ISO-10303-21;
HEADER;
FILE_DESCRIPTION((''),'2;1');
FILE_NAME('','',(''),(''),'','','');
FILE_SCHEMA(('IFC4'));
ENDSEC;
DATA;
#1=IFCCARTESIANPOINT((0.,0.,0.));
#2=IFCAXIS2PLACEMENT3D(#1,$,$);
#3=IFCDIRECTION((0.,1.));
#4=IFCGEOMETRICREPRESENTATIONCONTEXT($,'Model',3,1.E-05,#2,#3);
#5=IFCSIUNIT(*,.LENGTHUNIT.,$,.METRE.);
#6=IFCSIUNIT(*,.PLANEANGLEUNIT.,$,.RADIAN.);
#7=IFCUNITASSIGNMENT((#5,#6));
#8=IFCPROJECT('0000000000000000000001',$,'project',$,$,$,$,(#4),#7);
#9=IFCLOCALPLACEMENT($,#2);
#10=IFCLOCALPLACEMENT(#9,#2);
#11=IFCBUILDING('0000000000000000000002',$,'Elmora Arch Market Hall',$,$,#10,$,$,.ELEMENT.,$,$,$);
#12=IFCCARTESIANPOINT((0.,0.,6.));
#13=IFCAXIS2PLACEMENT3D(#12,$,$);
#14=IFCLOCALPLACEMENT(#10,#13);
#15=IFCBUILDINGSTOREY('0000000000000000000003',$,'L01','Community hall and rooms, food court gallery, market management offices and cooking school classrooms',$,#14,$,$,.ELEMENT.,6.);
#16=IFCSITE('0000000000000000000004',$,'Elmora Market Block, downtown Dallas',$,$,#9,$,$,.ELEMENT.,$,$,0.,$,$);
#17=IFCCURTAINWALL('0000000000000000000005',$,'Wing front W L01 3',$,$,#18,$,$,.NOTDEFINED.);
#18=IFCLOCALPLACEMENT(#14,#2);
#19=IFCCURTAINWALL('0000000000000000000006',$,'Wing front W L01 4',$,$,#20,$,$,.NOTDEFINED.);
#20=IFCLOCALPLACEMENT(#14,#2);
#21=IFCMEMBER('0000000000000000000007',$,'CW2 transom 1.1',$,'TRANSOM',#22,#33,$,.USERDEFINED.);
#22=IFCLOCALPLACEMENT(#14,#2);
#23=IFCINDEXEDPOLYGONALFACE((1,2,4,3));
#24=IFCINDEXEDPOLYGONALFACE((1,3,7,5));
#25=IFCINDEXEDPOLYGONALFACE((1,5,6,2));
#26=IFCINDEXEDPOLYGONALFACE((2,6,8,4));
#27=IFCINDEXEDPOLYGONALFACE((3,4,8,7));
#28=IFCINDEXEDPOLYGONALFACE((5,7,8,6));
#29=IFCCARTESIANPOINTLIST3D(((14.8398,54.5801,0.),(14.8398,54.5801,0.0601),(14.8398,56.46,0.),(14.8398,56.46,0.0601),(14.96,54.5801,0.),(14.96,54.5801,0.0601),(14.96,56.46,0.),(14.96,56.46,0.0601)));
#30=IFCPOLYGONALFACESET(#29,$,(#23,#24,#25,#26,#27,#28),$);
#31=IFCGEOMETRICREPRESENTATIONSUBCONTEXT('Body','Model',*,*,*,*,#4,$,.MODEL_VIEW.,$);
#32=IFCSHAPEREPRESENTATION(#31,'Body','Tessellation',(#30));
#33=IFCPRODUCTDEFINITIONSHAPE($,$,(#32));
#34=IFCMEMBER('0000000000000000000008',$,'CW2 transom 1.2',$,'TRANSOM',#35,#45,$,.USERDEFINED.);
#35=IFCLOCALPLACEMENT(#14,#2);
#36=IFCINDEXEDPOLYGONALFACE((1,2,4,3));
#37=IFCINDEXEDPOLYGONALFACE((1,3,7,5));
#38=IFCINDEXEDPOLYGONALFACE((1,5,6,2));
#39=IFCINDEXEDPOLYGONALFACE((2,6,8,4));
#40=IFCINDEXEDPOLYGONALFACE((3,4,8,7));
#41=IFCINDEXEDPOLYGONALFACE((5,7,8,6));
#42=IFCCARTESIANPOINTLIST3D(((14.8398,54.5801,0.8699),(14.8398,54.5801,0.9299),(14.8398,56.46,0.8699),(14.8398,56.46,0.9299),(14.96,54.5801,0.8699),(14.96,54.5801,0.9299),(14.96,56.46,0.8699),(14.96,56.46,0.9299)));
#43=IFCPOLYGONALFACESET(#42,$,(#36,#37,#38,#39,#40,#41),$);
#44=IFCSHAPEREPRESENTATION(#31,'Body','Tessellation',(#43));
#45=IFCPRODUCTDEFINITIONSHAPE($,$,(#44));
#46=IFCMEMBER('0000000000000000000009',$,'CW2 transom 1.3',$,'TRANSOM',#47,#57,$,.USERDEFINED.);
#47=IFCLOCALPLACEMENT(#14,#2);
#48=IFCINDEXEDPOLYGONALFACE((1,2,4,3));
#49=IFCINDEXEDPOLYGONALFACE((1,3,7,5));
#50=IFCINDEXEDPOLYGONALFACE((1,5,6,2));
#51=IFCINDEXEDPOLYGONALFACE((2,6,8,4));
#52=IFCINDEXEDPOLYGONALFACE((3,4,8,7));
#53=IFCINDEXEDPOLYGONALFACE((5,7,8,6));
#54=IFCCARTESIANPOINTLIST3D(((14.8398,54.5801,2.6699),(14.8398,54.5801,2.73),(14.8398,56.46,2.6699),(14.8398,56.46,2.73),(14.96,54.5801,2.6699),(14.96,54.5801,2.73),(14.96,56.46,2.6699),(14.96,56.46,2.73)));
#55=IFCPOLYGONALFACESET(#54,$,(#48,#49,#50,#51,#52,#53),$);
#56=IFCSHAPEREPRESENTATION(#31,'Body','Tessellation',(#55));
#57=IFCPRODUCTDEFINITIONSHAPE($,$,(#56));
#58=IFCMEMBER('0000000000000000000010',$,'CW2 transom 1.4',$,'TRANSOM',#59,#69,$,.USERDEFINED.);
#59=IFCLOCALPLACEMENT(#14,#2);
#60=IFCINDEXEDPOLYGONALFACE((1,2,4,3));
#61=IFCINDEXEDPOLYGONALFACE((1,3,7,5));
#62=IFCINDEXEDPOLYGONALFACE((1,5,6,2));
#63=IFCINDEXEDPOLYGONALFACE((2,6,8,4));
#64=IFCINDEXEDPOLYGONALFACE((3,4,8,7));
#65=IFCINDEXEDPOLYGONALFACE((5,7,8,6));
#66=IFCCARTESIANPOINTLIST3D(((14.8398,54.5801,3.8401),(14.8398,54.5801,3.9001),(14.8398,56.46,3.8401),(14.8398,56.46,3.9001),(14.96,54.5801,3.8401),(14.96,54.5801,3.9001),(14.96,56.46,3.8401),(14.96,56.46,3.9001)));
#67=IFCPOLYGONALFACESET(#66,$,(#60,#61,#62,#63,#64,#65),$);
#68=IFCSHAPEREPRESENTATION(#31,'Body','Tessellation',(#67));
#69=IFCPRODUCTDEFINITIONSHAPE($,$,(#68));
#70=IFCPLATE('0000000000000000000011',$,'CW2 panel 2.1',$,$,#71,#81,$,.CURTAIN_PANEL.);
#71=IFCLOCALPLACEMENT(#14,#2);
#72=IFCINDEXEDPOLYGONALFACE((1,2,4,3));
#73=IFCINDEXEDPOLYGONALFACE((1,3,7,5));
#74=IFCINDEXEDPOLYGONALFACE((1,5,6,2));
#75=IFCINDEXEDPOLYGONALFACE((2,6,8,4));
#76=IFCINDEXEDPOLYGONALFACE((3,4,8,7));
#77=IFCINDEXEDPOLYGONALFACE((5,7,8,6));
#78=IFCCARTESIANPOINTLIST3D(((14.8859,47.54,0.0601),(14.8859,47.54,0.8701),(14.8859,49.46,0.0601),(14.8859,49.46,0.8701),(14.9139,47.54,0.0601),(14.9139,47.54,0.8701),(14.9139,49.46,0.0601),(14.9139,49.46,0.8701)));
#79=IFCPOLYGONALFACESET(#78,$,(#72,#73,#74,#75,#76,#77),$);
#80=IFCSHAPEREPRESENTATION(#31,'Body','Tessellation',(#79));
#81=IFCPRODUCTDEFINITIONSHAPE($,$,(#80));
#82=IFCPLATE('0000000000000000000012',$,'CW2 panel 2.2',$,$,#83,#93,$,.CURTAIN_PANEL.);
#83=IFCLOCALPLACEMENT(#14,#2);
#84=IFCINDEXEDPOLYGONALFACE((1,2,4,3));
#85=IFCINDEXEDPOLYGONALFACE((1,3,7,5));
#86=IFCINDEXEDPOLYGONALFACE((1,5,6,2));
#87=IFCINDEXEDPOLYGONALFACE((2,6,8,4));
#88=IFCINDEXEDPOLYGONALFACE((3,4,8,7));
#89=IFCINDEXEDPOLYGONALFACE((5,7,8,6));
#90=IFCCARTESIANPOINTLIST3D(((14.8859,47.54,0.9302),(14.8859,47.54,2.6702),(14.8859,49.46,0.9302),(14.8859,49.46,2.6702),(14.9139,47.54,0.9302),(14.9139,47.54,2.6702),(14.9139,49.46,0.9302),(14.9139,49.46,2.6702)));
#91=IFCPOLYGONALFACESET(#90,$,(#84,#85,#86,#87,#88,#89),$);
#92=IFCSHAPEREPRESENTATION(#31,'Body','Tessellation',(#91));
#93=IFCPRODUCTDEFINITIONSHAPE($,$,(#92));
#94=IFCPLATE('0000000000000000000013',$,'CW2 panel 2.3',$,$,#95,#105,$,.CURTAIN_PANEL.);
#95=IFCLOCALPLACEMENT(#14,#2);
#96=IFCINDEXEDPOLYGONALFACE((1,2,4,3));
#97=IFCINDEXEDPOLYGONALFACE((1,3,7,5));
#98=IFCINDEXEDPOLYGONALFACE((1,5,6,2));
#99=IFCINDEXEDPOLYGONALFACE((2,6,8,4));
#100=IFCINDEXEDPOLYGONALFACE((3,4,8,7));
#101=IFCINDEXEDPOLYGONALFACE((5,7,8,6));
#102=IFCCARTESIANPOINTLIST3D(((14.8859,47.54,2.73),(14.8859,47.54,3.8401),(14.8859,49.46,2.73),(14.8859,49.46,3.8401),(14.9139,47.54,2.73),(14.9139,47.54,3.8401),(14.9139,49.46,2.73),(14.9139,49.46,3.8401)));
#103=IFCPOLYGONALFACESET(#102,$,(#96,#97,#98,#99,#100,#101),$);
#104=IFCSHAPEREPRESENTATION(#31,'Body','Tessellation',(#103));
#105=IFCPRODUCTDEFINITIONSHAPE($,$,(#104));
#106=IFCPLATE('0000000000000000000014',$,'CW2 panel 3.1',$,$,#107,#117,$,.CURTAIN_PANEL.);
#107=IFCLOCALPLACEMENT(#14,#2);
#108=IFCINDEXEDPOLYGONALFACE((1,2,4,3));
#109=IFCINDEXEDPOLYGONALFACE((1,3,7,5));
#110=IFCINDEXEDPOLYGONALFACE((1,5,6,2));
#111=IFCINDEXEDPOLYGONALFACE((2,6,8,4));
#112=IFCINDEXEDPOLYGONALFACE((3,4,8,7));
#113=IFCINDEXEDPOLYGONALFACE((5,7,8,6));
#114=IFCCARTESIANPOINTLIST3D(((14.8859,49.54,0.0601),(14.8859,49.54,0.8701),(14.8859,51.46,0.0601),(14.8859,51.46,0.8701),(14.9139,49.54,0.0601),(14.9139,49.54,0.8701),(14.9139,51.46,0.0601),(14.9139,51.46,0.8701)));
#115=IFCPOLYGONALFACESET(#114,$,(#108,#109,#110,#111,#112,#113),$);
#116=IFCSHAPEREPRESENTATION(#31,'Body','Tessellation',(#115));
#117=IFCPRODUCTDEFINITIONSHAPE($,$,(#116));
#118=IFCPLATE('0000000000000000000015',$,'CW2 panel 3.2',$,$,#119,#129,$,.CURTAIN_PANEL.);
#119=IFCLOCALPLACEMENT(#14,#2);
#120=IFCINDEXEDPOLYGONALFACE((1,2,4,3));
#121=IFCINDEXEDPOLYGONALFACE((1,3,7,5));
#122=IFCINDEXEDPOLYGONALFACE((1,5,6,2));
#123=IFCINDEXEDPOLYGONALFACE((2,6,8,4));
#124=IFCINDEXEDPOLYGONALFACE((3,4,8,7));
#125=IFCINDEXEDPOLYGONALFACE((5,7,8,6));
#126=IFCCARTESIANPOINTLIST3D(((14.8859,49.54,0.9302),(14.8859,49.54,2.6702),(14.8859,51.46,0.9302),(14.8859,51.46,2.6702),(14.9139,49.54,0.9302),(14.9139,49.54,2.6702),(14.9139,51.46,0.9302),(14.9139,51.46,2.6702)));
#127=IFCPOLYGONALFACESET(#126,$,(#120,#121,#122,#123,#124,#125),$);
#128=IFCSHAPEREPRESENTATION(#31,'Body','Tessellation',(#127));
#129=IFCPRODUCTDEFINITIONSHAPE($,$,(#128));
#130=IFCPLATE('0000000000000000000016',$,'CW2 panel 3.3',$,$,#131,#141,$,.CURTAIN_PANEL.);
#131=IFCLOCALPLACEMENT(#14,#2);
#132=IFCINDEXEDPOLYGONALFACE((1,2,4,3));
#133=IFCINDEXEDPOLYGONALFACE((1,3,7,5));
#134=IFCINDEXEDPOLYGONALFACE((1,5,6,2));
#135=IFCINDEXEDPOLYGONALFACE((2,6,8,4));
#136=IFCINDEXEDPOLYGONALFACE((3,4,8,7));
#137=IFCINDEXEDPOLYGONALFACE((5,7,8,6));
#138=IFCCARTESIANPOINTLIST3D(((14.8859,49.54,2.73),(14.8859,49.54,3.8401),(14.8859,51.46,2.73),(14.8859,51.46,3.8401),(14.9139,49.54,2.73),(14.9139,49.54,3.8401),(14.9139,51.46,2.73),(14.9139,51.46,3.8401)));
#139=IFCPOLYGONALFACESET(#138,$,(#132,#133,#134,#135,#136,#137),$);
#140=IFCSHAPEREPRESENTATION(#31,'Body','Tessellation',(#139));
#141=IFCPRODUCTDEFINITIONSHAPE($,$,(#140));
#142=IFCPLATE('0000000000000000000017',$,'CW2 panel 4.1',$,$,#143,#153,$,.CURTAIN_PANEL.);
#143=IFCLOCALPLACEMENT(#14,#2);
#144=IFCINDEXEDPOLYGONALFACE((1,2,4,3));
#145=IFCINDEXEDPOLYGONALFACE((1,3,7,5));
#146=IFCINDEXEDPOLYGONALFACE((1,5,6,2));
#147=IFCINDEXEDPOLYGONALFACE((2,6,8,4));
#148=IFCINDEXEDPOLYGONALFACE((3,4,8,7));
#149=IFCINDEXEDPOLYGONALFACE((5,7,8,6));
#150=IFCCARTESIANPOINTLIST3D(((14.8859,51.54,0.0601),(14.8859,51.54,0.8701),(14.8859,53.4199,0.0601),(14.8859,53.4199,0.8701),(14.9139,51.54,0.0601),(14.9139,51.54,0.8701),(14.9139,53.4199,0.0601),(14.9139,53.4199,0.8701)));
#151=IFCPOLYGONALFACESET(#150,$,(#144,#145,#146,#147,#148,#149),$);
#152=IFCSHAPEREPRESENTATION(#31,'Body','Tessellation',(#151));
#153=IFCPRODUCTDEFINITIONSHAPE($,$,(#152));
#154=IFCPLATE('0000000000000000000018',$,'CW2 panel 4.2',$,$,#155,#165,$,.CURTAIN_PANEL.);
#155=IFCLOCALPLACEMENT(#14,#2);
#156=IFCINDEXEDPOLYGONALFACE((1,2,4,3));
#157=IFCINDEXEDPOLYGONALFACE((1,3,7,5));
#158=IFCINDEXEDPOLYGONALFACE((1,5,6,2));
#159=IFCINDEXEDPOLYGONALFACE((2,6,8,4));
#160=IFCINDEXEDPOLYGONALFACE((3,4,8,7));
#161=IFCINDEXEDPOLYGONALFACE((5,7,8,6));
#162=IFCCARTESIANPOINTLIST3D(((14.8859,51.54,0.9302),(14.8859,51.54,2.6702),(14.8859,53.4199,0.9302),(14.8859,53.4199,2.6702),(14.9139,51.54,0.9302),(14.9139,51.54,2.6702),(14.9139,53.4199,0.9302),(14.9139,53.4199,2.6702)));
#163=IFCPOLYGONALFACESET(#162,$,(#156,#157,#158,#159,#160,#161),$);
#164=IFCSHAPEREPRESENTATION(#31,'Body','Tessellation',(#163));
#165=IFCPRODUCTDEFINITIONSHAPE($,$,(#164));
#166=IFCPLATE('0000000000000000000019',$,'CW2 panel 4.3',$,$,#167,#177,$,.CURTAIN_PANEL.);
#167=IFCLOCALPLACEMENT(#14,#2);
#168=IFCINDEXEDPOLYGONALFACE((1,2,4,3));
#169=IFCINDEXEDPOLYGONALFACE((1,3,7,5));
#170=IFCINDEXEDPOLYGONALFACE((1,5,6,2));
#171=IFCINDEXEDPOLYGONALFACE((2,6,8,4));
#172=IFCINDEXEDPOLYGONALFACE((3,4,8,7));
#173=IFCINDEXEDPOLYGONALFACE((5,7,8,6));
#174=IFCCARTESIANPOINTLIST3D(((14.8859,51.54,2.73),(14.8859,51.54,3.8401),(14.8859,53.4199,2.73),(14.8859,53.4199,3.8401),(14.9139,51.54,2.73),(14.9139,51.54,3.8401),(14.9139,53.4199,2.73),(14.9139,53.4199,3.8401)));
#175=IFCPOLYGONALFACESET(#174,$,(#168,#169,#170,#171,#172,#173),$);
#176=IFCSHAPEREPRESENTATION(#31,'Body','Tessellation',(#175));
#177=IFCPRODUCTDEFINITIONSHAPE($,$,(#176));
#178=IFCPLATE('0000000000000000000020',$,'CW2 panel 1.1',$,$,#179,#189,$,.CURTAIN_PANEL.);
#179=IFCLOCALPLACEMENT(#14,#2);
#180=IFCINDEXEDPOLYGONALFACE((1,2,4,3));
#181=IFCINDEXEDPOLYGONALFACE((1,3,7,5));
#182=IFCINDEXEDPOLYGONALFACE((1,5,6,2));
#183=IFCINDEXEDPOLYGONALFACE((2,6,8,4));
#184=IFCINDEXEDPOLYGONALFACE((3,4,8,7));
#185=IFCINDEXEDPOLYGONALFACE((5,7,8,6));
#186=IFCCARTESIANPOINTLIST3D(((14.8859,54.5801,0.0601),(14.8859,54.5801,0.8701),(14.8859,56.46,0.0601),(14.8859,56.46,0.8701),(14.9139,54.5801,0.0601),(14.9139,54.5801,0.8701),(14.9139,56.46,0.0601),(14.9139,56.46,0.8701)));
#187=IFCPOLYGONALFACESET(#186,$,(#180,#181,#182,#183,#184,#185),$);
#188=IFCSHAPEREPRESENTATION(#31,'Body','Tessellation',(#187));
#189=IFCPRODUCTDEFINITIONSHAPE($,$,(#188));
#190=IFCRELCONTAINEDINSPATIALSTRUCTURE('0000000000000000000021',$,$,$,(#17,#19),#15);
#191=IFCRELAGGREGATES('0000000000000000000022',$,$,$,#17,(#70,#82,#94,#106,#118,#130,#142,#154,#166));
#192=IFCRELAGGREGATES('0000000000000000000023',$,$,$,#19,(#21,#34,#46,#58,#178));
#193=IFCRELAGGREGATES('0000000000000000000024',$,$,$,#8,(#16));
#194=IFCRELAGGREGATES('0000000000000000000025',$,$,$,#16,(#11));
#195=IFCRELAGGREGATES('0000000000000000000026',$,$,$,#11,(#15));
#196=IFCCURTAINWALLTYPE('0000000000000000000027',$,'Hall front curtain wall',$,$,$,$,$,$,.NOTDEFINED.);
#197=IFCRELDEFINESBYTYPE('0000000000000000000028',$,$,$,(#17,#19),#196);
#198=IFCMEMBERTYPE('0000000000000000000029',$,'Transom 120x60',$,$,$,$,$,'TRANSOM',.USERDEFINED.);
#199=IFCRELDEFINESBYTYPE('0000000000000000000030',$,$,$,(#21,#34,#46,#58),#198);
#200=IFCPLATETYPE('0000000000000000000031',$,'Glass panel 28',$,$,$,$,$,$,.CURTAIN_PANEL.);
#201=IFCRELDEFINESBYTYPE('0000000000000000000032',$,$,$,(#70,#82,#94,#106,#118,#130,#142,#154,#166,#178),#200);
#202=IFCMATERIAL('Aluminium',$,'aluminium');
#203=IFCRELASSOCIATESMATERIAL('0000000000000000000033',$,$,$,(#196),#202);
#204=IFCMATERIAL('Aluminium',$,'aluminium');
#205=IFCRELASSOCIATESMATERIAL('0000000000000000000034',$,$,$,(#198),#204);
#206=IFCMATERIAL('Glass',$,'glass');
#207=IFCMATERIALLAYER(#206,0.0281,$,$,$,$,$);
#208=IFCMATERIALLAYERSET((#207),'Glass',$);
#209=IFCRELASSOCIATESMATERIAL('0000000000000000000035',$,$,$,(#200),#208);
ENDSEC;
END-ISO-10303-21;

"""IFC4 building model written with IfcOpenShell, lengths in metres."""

from ifc_helpers import new_model, si_unit, direction, frame, origin, origin_2d, place, context, subcontext, project, spatial, rectangle, extrude, material, layer, layer_set, material_profile, profile_set, type_object, element, aggregate, save


model = new_model("IFC4")

# Units and contexts
model_context = context("Model", 3, precision=1e-05, world=origin(), true_north=direction((0.0, 1.0)))
body_context = subcontext(model_context, "Body", "Model", "MODEL_VIEW")
ifc_project = project(units=[si_unit("LENGTHUNIT", "METRE"), si_unit("PLANEANGLEUNIT", "RADIAN")], contexts=[model_context])

# Site, building, storey
site_placement = place(None, origin())
site = spatial("IfcSite", under=ifc_project, at=site_placement, Name="Elmora Market Block, downtown Dallas", CompositionType="ELEMENT", RefElevation=0.0)
building_placement = place(site_placement, origin())
building = spatial("IfcBuilding", under=site, at=building_placement, Name="Elmora Arch Market Hall", CompositionType="ELEMENT")
storey_placement = place(building_placement, frame((0.0, 0.0, 6.0)))
storey = spatial("IfcBuildingStorey", under=building, at=storey_placement, Name="L01", Description="Community hall and rooms, food court gallery, market management offices and cooking school classrooms", CompositionType="ELEMENT", Elevation=6.0)

# Curtain wall
ifc_material_1 = material(Name="Aluminium", Category="aluminium")
curtain_wall_type = type_object("IfcCurtainWallType", Name="Hall front curtain wall", PredefinedType="NOTDEFINED", material=ifc_material_1)
curtain_wall_1_placement = place(storey_placement, origin())
curtain_wall_1 = element("IfcCurtainWall", 1, at=curtain_wall_1_placement, inside=storey, type_object=curtain_wall_type, Name="Wing front W L01 3", PredefinedType="NOTDEFINED")

# Curtain wall
curtain_wall_2_placement = place(storey_placement, origin())
curtain_wall_2 = element("IfcCurtainWall", 2, at=curtain_wall_2_placement, inside=storey, type_object=curtain_wall_type, Name="Wing front W L01 4", PredefinedType="NOTDEFINED")

# Members
ifc_material_2 = material(Name="Aluminium", Category="aluminium")
ifc_material_profile_1 = material_profile(ifc_material_2, rectangle(XDim=0.1201, YDim=0.0601, at=origin_2d()), Name="AL 120x60")
ifc_profile_set_1 = profile_set([ifc_material_profile_1], Name="Aluminium")
member_type_1 = type_object("IfcMemberType", Name="Transom 120x60", ElementType="TRANSOM", PredefinedType="USERDEFINED", material=ifc_profile_set_1)
member_1_placement = place(storey_placement, frame((14.8999, 54.5801, 0.03), z_axis=(0.0, 1.0, 0.0), x_axis=(-1.0, 0.0, 0.0)))
member_1 = element("IfcMember", 3, at=member_1_placement, type_object=member_type_1, Name="CW2 transom 1.1", ObjectType="TRANSOM", PredefinedType="USERDEFINED", context=body_context, shape_type="SweptSolid", body=[
    extrude(rectangle(XDim=0.1201, YDim=0.0601, at=origin_2d()), origin(), (0.0, 0.0, 1.0), 1.8799),
])
member_2_placement = place(storey_placement, frame((14.8999, 54.5801, 0.8999), z_axis=(0.0, 1.0, 0.0), x_axis=(-1.0, 0.0, 0.0)))
member_2 = element("IfcMember", 4, at=member_2_placement, type_object=member_type_1, Name="CW2 transom 1.2", ObjectType="TRANSOM", PredefinedType="USERDEFINED", context=body_context, shape_type="SweptSolid", body=[
    extrude(rectangle(XDim=0.1201, YDim=0.0601, at=origin_2d()), origin(), (0.0, 0.0, 1.0), 1.8799),
])
member_3_placement = place(storey_placement, frame((14.8999, 54.5801, 2.7), z_axis=(0.0, 1.0, 0.0), x_axis=(-1.0, 0.0, 0.0)))
member_3 = element("IfcMember", 5, at=member_3_placement, type_object=member_type_1, Name="CW2 transom 1.3", ObjectType="TRANSOM", PredefinedType="USERDEFINED", context=body_context, shape_type="SweptSolid", body=[
    extrude(rectangle(XDim=0.1201, YDim=0.0601, at=origin_2d()), origin(), (0.0, 0.0, 1.0), 1.8799),
])
member_4_placement = place(storey_placement, frame((14.8999, 54.5801, 3.8701), z_axis=(0.0, 1.0, 0.0), x_axis=(-1.0, 0.0, 0.0)))
member_4 = element("IfcMember", 6, at=member_4_placement, type_object=member_type_1, Name="CW2 transom 1.4", ObjectType="TRANSOM", PredefinedType="USERDEFINED", context=body_context, shape_type="SweptSolid", body=[
    extrude(rectangle(XDim=0.1201, YDim=0.0601, at=origin_2d()), origin(), (0.0, 0.0, 1.0), 1.8799),
])

# Plates
ifc_material_3 = material(Name="Glass", Category="glass")
ifc_layer = layer(ifc_material_3, 0.0281)
ifc_layer_set = layer_set([ifc_layer], Name="Glass")
plate_type = type_object("IfcPlateType", Name="Glass panel 28", PredefinedType="CURTAIN_PANEL", material=ifc_layer_set)
plate_1_placement = place(storey_placement, frame((14.8999, 48.5, 0.0601), z_axis=(0.0, 0.0, 1.0), x_axis=(0.0, 1.0, 0.0)))
plate_1 = element("IfcPlate", 7, at=plate_1_placement, type_object=plate_type, Name="CW2 panel 2.1", PredefinedType="CURTAIN_PANEL", context=body_context, shape_type="SweptSolid", body=[
    extrude(rectangle(XDim=1.9199, YDim=0.0281, at=origin_2d()), origin(), (0.0, 0.0, 1.0), 0.8101),
])
plate_2_placement = place(storey_placement, frame((14.8999, 48.5, 0.9302), z_axis=(0.0, 0.0, 1.0), x_axis=(0.0, 1.0, 0.0)))
plate_2 = element("IfcPlate", 8, at=plate_2_placement, type_object=plate_type, Name="CW2 panel 2.2", PredefinedType="CURTAIN_PANEL", context=body_context, shape_type="SweptSolid", body=[
    extrude(rectangle(XDim=1.9199, YDim=0.0281, at=origin_2d()), origin(), (0.0, 0.0, 1.0), 1.74),
])
plate_3_placement = place(storey_placement, frame((14.8999, 48.5, 2.73), z_axis=(0.0, 0.0, 1.0), x_axis=(0.0, 1.0, 0.0)))
plate_3 = element("IfcPlate", 9, at=plate_3_placement, type_object=plate_type, Name="CW2 panel 2.3", PredefinedType="CURTAIN_PANEL", context=body_context, shape_type="SweptSolid", body=[
    extrude(rectangle(XDim=1.9199, YDim=0.0281, at=origin_2d()), origin(), (0.0, 0.0, 1.0), 1.1101),
])
plate_4_placement = place(storey_placement, frame((14.8999, 50.5, 0.0601), z_axis=(0.0, 0.0, 1.0), x_axis=(0.0, 1.0, 0.0)))
plate_4 = element("IfcPlate", 10, at=plate_4_placement, type_object=plate_type, Name="CW2 panel 3.1", PredefinedType="CURTAIN_PANEL", context=body_context, shape_type="SweptSolid", body=[
    extrude(rectangle(XDim=1.9199, YDim=0.0281, at=origin_2d()), origin(), (0.0, 0.0, 1.0), 0.8101),
])
plate_5_placement = place(storey_placement, frame((14.8999, 50.5, 0.9302), z_axis=(0.0, 0.0, 1.0), x_axis=(0.0, 1.0, 0.0)))
plate_5 = element("IfcPlate", 11, at=plate_5_placement, type_object=plate_type, Name="CW2 panel 3.2", PredefinedType="CURTAIN_PANEL", context=body_context, shape_type="SweptSolid", body=[
    extrude(rectangle(XDim=1.9199, YDim=0.0281, at=origin_2d()), origin(), (0.0, 0.0, 1.0), 1.74),
])
plate_6_placement = place(storey_placement, frame((14.8999, 50.5, 2.73), z_axis=(0.0, 0.0, 1.0), x_axis=(0.0, 1.0, 0.0)))
plate_6 = element("IfcPlate", 12, at=plate_6_placement, type_object=plate_type, Name="CW2 panel 3.3", PredefinedType="CURTAIN_PANEL", context=body_context, shape_type="SweptSolid", body=[
    extrude(rectangle(XDim=1.9199, YDim=0.0281, at=origin_2d()), origin(), (0.0, 0.0, 1.0), 1.1101),
])
plate_7_placement = place(storey_placement, frame((14.8999, 52.48, 0.0601), z_axis=(0.0, 0.0, 1.0), x_axis=(0.0, 1.0, 0.0)))
plate_7 = element("IfcPlate", 13, at=plate_7_placement, type_object=plate_type, Name="CW2 panel 4.1", PredefinedType="CURTAIN_PANEL", context=body_context, shape_type="SweptSolid", body=[
    extrude(rectangle(XDim=1.8799, YDim=0.0281, at=origin_2d()), origin(), (0.0, 0.0, 1.0), 0.8101),
])
plate_8_placement = place(storey_placement, frame((14.8999, 52.48, 0.9302), z_axis=(0.0, 0.0, 1.0), x_axis=(0.0, 1.0, 0.0)))
plate_8 = element("IfcPlate", 14, at=plate_8_placement, type_object=plate_type, Name="CW2 panel 4.2", PredefinedType="CURTAIN_PANEL", context=body_context, shape_type="SweptSolid", body=[
    extrude(rectangle(XDim=1.8799, YDim=0.0281, at=origin_2d()), origin(), (0.0, 0.0, 1.0), 1.74),
])
plate_9_placement = place(storey_placement, frame((14.8999, 52.48, 2.73), z_axis=(0.0, 0.0, 1.0), x_axis=(0.0, 1.0, 0.0)))
plate_9 = element("IfcPlate", 15, at=plate_9_placement, type_object=plate_type, Name="CW2 panel 4.3", PredefinedType="CURTAIN_PANEL", context=body_context, shape_type="SweptSolid", body=[
    extrude(rectangle(XDim=1.8799, YDim=0.0281, at=origin_2d()), origin(), (0.0, 0.0, 1.0), 1.1101),
])
aggregate(curtain_wall_1, [plate_1, plate_2, plate_3, plate_4, plate_5, plate_6, plate_7, plate_8, plate_9])
plate_10_placement = place(storey_placement, frame((14.8999, 55.52, 0.0601), z_axis=(0.0, 0.0, 1.0), x_axis=(0.0, 1.0, 0.0)))
plate_10 = element("IfcPlate", 16, at=plate_10_placement, type_object=plate_type, Name="CW2 panel 1.1", PredefinedType="CURTAIN_PANEL", context=body_context, shape_type="SweptSolid", body=[
    extrude(rectangle(XDim=1.8799, YDim=0.0281, at=origin_2d()), origin(), (0.0, 0.0, 1.0), 0.8101),
])
aggregate(curtain_wall_2, [member_1, member_2, member_3, member_4, plate_10])

save(model, "model.ifc")
